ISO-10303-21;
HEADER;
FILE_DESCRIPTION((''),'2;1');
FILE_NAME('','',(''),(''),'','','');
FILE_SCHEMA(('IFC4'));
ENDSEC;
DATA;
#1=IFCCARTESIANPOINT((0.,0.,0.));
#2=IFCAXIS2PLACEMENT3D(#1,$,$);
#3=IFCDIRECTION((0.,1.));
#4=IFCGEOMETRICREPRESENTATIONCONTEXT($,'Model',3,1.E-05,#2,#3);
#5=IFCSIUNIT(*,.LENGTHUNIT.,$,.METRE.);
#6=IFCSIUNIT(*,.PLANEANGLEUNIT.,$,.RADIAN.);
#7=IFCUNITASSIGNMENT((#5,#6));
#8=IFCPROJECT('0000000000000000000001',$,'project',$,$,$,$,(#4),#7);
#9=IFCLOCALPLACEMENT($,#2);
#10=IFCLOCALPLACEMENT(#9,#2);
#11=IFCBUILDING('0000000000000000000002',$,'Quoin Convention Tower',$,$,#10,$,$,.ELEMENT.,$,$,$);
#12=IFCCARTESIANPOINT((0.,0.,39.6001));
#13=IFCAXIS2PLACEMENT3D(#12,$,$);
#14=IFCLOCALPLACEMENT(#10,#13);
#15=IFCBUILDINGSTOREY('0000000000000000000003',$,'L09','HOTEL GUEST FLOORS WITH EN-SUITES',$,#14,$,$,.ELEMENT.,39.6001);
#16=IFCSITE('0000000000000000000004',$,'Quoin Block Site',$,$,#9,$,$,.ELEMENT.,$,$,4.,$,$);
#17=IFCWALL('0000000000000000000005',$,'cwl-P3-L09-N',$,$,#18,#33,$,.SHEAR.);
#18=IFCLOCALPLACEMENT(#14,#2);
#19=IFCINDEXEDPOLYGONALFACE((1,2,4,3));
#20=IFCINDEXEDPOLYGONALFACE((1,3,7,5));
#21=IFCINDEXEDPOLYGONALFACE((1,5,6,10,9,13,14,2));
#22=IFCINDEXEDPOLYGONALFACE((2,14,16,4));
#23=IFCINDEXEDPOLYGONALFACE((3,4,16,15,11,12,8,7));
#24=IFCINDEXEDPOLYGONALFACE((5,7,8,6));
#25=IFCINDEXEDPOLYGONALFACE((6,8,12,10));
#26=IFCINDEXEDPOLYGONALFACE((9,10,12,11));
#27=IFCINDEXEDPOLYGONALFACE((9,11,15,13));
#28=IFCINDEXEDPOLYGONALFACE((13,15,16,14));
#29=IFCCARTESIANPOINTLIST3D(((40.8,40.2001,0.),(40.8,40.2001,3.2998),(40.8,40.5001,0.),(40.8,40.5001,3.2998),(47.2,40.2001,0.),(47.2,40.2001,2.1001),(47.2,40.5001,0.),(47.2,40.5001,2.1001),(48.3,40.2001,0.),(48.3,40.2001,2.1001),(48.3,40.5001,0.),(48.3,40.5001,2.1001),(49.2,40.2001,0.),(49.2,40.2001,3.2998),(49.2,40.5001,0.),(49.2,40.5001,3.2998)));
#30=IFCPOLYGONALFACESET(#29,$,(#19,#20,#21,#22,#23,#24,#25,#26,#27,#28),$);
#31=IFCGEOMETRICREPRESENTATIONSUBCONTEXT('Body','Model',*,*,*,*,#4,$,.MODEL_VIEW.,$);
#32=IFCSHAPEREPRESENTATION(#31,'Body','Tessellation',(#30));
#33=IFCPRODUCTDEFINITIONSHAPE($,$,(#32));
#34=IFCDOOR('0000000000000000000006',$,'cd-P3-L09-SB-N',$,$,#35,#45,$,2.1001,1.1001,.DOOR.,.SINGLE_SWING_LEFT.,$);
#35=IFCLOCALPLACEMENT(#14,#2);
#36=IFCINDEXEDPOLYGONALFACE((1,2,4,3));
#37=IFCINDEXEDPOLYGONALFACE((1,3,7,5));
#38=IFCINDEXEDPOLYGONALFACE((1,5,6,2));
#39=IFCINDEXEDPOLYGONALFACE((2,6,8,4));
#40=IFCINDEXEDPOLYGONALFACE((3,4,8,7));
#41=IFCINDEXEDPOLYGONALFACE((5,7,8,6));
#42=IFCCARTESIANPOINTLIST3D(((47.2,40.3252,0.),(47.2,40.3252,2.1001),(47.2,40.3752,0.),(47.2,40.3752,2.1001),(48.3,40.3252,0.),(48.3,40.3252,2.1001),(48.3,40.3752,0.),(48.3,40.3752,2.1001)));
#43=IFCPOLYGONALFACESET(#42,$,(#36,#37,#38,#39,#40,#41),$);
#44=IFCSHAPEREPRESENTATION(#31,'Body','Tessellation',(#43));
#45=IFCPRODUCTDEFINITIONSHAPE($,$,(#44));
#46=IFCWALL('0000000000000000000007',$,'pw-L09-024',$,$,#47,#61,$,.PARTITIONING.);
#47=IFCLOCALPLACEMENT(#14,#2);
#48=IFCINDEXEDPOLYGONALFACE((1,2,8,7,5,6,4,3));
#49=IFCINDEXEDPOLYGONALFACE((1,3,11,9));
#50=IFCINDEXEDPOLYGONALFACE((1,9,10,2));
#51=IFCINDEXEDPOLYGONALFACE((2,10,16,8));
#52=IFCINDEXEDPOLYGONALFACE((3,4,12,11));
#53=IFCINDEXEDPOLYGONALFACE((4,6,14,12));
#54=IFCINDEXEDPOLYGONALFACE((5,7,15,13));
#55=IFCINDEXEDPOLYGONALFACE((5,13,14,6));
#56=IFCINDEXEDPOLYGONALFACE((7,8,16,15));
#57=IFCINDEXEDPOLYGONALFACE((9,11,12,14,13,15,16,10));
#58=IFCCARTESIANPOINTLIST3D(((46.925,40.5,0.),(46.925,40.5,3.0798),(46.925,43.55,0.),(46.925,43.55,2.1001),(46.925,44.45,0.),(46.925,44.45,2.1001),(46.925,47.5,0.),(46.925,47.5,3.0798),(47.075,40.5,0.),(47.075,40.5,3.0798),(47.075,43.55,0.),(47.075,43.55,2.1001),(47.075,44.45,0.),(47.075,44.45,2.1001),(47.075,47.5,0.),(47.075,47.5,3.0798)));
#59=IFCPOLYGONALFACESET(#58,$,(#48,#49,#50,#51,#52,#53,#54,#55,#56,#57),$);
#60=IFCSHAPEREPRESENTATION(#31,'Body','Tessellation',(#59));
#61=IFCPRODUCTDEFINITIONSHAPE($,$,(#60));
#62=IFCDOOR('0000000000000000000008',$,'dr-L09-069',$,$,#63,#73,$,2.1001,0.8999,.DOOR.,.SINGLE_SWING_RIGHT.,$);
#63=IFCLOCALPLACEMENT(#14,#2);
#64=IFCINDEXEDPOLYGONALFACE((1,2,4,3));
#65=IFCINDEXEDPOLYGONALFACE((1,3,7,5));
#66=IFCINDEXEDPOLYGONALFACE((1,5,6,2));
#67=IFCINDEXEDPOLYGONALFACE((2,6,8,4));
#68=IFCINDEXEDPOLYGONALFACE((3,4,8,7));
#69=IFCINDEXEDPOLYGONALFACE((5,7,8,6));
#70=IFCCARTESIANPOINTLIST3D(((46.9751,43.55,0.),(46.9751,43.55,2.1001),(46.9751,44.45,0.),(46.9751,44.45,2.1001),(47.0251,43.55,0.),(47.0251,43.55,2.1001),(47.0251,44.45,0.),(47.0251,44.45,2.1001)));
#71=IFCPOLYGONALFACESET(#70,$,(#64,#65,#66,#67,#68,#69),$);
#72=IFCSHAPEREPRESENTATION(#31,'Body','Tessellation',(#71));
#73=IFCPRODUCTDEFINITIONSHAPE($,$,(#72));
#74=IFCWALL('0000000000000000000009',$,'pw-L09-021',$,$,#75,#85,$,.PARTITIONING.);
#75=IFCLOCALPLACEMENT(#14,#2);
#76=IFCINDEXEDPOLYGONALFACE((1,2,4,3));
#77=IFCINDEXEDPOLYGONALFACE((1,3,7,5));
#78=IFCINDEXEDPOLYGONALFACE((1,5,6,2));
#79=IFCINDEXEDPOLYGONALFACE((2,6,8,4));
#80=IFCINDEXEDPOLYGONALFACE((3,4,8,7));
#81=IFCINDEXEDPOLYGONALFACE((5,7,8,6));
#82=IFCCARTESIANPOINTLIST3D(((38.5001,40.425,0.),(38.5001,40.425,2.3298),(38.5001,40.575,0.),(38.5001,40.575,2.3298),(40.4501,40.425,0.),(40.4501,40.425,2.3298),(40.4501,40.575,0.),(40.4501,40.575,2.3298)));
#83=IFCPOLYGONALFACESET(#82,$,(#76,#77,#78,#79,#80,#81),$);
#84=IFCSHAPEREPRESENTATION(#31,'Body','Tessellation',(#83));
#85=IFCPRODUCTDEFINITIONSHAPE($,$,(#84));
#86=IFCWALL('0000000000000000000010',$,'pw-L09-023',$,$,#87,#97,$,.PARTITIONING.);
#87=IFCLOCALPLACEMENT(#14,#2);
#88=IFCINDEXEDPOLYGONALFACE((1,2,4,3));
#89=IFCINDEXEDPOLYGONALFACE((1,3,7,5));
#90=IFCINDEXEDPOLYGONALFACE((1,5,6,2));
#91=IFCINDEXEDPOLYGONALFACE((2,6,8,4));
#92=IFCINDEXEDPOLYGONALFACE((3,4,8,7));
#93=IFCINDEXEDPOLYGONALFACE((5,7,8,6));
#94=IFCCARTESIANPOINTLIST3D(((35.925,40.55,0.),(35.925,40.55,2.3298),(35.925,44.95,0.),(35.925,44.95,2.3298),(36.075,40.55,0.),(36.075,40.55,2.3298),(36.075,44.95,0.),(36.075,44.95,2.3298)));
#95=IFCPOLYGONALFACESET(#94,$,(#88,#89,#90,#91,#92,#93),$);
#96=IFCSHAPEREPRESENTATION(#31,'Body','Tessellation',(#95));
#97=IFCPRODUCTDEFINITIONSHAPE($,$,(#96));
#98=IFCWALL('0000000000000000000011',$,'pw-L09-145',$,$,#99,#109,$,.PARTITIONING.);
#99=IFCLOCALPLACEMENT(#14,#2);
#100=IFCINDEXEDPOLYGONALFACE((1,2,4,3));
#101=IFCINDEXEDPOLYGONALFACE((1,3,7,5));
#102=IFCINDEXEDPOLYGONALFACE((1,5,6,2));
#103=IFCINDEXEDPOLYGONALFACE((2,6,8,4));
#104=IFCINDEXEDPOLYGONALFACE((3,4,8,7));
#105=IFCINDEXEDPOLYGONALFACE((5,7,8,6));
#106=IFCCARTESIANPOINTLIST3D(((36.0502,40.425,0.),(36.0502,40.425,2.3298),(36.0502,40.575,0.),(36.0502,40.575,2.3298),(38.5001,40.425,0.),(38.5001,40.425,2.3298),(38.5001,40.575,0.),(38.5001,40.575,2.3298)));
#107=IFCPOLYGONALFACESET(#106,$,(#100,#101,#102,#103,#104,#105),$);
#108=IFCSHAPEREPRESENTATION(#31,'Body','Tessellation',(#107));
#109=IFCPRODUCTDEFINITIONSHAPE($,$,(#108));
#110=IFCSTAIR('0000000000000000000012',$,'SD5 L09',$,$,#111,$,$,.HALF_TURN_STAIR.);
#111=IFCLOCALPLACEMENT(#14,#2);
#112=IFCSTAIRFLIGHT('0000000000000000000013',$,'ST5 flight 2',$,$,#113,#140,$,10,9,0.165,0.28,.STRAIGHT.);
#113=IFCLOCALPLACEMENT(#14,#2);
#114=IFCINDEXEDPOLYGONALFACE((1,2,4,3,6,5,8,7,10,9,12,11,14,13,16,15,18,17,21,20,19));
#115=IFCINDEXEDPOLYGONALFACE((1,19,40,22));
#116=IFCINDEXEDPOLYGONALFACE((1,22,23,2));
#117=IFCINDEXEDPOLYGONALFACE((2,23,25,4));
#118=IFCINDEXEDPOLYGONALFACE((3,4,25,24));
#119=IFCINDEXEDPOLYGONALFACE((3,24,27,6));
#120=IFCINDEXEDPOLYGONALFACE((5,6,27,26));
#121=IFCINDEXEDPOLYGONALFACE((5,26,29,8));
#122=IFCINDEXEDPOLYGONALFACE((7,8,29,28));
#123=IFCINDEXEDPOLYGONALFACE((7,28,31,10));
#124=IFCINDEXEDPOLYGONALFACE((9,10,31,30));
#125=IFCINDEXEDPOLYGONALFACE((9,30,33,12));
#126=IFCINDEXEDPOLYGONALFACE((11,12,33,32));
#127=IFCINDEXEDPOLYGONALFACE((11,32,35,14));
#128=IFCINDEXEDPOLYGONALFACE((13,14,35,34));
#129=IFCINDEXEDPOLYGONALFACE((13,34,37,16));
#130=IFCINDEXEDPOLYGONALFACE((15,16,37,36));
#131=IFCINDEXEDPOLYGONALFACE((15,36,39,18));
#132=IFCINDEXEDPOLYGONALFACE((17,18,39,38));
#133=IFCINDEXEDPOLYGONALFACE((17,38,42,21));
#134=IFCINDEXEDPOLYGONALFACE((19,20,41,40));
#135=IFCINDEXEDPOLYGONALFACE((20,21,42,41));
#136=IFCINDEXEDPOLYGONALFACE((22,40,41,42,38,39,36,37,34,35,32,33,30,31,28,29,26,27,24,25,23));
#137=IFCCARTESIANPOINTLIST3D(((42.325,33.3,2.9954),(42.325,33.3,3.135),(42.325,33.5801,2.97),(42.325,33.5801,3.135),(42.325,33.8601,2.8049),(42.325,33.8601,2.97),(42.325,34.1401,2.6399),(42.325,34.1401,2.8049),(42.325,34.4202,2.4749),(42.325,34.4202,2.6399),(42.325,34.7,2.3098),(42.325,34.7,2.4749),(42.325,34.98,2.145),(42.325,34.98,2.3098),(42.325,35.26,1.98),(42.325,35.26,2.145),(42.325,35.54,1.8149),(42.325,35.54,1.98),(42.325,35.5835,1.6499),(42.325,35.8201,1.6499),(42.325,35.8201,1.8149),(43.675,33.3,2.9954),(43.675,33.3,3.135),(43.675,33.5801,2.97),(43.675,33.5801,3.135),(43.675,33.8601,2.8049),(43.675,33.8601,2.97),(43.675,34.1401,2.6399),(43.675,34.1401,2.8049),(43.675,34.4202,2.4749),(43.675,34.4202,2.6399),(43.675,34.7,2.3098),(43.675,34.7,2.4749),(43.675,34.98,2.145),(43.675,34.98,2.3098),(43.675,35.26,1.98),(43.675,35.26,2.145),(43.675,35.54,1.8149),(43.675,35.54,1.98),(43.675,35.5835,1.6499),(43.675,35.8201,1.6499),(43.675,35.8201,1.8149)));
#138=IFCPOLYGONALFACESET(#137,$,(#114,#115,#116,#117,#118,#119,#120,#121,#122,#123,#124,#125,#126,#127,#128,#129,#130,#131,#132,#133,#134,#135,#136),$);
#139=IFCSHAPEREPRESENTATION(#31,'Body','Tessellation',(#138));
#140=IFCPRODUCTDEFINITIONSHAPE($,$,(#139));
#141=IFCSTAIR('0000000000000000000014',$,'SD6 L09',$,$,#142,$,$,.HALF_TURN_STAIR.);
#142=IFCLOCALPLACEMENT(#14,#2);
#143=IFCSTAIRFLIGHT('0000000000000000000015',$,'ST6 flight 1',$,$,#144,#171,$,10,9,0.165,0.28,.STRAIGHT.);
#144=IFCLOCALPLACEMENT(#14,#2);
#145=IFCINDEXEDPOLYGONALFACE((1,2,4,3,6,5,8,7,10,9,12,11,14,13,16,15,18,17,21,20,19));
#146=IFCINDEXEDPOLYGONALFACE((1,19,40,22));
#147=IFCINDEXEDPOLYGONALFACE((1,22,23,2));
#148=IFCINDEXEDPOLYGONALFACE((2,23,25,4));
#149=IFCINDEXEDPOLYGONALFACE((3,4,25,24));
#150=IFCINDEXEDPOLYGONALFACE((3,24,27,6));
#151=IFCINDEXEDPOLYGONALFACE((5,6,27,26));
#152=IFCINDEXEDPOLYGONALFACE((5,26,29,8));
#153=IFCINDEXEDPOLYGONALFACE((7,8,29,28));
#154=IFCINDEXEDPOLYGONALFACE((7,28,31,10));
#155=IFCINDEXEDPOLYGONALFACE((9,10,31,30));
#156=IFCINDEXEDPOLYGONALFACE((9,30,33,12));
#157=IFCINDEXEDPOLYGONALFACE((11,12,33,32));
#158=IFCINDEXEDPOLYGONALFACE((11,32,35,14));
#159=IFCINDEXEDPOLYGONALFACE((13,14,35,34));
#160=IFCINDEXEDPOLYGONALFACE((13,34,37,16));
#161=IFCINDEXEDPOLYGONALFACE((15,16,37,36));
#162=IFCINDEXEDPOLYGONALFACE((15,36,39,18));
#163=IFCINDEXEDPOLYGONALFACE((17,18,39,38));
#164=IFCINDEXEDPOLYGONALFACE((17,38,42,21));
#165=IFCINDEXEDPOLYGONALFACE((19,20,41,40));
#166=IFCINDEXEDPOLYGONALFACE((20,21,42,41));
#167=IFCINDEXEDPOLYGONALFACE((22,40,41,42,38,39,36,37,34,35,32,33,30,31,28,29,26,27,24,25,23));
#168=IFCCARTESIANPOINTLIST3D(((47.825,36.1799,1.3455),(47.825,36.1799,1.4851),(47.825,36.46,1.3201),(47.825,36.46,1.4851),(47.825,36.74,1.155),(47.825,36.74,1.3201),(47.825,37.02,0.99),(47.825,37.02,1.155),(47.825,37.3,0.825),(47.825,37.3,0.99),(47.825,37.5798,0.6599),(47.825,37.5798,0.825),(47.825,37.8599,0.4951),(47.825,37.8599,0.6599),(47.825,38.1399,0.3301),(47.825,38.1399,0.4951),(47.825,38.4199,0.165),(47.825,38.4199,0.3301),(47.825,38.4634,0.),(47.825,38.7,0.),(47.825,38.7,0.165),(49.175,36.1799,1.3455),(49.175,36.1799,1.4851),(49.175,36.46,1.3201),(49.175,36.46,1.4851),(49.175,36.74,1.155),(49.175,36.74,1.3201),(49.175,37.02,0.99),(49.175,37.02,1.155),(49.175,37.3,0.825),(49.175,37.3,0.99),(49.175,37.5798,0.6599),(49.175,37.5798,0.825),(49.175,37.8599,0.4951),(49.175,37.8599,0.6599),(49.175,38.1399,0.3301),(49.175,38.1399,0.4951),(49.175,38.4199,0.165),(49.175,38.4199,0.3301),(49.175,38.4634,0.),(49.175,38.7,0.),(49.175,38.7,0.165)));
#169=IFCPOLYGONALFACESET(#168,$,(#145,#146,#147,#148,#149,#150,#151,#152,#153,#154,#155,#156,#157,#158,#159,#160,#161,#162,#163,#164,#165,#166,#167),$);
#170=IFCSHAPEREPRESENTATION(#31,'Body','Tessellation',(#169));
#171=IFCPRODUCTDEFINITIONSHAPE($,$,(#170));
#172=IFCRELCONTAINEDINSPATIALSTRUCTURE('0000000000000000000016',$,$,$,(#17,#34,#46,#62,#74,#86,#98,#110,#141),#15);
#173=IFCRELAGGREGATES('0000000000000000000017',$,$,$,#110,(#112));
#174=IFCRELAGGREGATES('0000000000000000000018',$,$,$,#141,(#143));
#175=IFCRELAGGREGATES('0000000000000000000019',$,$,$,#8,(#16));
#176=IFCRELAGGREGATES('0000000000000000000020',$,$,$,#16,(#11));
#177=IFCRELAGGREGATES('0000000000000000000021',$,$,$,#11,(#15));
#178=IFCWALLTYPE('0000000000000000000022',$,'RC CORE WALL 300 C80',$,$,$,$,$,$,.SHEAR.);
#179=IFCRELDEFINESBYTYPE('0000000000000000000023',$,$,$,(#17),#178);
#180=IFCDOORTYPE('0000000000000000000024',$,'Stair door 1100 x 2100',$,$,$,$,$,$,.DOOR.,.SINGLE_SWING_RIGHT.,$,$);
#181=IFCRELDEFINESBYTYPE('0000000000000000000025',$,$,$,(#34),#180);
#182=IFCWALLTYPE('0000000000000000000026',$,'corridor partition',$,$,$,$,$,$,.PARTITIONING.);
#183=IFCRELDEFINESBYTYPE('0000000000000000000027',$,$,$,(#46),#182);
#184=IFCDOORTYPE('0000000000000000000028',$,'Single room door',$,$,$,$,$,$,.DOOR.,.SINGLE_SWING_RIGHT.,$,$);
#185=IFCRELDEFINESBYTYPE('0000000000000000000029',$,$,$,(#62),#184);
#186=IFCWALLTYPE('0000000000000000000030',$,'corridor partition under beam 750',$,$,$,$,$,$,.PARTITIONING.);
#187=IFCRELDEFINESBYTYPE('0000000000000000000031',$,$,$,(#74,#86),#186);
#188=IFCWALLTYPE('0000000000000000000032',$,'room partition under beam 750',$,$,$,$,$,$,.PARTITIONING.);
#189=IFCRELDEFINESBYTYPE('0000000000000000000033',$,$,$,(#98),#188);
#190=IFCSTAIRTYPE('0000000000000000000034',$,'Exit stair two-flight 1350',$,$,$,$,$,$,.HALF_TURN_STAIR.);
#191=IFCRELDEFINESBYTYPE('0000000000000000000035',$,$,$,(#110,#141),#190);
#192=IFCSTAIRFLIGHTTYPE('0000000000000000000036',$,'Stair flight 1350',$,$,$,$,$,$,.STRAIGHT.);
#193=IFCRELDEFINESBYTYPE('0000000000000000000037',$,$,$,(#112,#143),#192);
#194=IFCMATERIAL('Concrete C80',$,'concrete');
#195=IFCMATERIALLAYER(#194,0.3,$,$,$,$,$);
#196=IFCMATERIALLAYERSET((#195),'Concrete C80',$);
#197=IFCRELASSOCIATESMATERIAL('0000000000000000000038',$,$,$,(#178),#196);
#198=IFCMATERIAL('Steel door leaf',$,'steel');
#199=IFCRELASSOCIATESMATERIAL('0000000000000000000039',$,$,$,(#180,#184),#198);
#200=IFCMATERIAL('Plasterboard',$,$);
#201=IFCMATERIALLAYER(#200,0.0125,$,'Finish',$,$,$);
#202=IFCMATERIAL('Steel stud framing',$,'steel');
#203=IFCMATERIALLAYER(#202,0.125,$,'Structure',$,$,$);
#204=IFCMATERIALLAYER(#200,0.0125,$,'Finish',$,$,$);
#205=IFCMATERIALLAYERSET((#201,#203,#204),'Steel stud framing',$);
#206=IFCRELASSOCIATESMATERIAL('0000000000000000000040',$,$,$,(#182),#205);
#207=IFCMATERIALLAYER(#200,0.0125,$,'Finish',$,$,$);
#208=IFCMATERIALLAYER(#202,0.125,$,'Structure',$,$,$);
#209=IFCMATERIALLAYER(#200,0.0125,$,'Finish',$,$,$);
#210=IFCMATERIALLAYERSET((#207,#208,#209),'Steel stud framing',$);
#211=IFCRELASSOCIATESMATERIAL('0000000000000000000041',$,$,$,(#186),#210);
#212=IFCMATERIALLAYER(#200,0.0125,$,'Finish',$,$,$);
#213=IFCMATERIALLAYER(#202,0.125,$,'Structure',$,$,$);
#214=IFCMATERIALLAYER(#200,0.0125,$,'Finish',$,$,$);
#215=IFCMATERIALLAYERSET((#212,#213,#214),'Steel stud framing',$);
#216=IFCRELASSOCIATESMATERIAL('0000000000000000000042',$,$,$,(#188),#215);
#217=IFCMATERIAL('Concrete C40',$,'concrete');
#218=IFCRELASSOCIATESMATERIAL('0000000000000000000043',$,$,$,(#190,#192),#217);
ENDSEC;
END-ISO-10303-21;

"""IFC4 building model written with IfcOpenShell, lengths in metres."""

from ifc_helpers import new_model, si_unit, direction, frame, frame_2d, origin, place, context, subcontext, project, spatial, polyline, rectangle, outline, extrude, material, layer, layer_set, type_object, element, fill, aggregate, save


model = new_model("IFC4")

# Units and contexts
model_context = context("Model", 3, precision=1e-05, world=origin(), true_north=direction((0.0, 1.0)))
body_context = subcontext(model_context, "Body", "Model", "MODEL_VIEW")
ifc_project = project(units=[si_unit("LENGTHUNIT", "METRE"), si_unit("PLANEANGLEUNIT", "RADIAN")], contexts=[model_context])

# Site, building, storey
site_placement = place(None, origin())
site = spatial("IfcSite", under=ifc_project, at=site_placement, Name="Quoin Block Site", CompositionType="ELEMENT", RefElevation=4.0)
building_placement = place(site_placement, origin())
building = spatial("IfcBuilding", under=site, at=building_placement, Name="Quoin Convention Tower", CompositionType="ELEMENT")
storey_placement = place(building_placement, frame((0.0, 0.0, 39.6001)))
storey = spatial("IfcBuildingStorey", under=building, at=storey_placement, Name="L09", Description="HOTEL GUEST FLOORS WITH EN-SUITES", CompositionType="ELEMENT", Elevation=39.6001)

# Shared definitions
ifc_material_1 = material(Name="Concrete C80", Category="concrete")

# Walls, openings, doors
ifc_layer_1 = layer(ifc_material_1, 0.3)
ifc_layer_set_1 = layer_set([ifc_layer_1], Name="Concrete C80")
wall_type_1 = type_object("IfcWallType", Name="RC CORE WALL 300 C80", PredefinedType="SHEAR", material=ifc_layer_set_1)
wall_1_placement = place(storey_placement, frame((40.8, 40.3501, 0.0), z_axis=(0.0, 0.0, 1.0), x_axis=(1.0, 0.0, 0.0)))
wall_1 = element("IfcWall", 1, at=wall_1_placement, inside=storey, type_object=wall_type_1, Name="cwl-P3-L09-N", PredefinedType="SHEAR", context=body_context, shape_type="SweptSolid", body=[
    extrude(rectangle(XDim=8.3999, YDim=0.3, at=frame_2d((4.2, 0.0))), origin(), (0.0, 0.0, 1.0), 3.2998),
])
opening_1_placement = place(wall_1_placement, frame((6.3999, 0.0, 0.0)))
opening_1 = element("IfcOpeningElement", 2, at=opening_1_placement, cuts=wall_1, PredefinedType="OPENING", context=body_context, shape_type="SweptSolid", body=[
    extrude(rectangle(XDim=1.1001, YDim=2.1001, at=frame_2d((0.55, 1.05))), frame((0.0, 0.1599, 0.0), z_axis=(0.0, -1.0, 0.0), x_axis=(1.0, 0.0, 0.0)), (0.0, 0.0, 1.0), 0.3201),
])
ifc_material_2 = material(Name="Steel door leaf", Category="steel")
door_type_1 = type_object("IfcDoorType", Name="Stair door 1100 x 2100", OperationType="SINGLE_SWING_RIGHT", PredefinedType="DOOR", material=ifc_material_2)
door_1_placement = place(opening_1_placement, frame((1.1001, 0.0, 0.0), z_axis=(0.0, 0.0, 1.0), x_axis=(-1.0, 0.0, 0.0)))
door_1 = element("IfcDoor", 3, at=door_1_placement, inside=storey, type_object=door_type_1, Name="cd-P3-L09-SB-N", OperationType="SINGLE_SWING_LEFT", OverallHeight=2.1001, OverallWidth=1.1001, PredefinedType="DOOR", context=body_context, shape_type="SweptSolid", body=[
    extrude(rectangle(XDim=1.1001, YDim=2.1001, at=frame_2d((0.55, 1.05))), frame((0.0, 0.0249, 0.0), z_axis=(0.0, -1.0, 0.0), x_axis=(1.0, 0.0, 0.0)), (0.0, 0.0, 1.0), 0.05),
])
fill(opening_1, door_1)
ifc_material_3 = material(Name="Plasterboard")
ifc_layer_2 = layer(ifc_material_3, 0.0125, Name="Finish")
ifc_material_4 = material(Name="Steel stud framing", Category="steel")
ifc_layer_3 = layer(ifc_material_4, 0.125, Name="Structure")
ifc_layer_4 = layer(ifc_material_3, 0.0125, Name="Finish")
ifc_layer_set_2 = layer_set([ifc_layer_2, ifc_layer_3, ifc_layer_4], Name="Steel stud framing")
wall_type_2 = type_object("IfcWallType", Name="corridor partition", PredefinedType="PARTITIONING", material=ifc_layer_set_2)
wall_2_placement = place(storey_placement, frame((47.0, 40.5, 0.0), z_axis=(0.0, 0.0, 1.0), x_axis=(0.0, 1.0, 0.0)))
wall_2 = element("IfcWall", 4, at=wall_2_placement, inside=storey, type_object=wall_type_2, Name="pw-L09-024", PredefinedType="PARTITIONING", context=body_context, shape_type="SweptSolid", body=[
    extrude(rectangle(XDim=7.0, YDim=0.1499, at=frame_2d((3.5, 0.0))), origin(), (0.0, 0.0, 1.0), 3.0798),
])
opening_2_placement = place(wall_2_placement, frame((3.05, 0.0, 0.0)))
opening_2 = element("IfcOpeningElement", 5, at=opening_2_placement, cuts=wall_2, PredefinedType="OPENING", context=body_context, shape_type="SweptSolid", body=[
    extrude(rectangle(XDim=0.8999, YDim=2.1001, at=frame_2d((0.45, 1.05))), frame((0.0, 0.085, 0.0), z_axis=(0.0, -1.0, 0.0), x_axis=(1.0, 0.0, 0.0)), (0.0, 0.0, 1.0), 0.1699),
])
door_type_2 = type_object("IfcDoorType", Name="Single room door", OperationType="SINGLE_SWING_RIGHT", PredefinedType="DOOR", material=ifc_material_2)
door_2_placement = place(opening_2_placement, origin())
door_2 = element("IfcDoor", 6, at=door_2_placement, inside=storey, type_object=door_type_2, Name="dr-L09-069", OperationType="SINGLE_SWING_RIGHT", OverallHeight=2.1001, OverallWidth=0.8999, PredefinedType="DOOR", context=body_context, shape_type="SweptSolid", body=[
    extrude(rectangle(XDim=0.8999, YDim=2.1001, at=frame_2d((0.45, 1.05))), frame((0.0, 0.0249, 0.0), z_axis=(0.0, -1.0, 0.0), x_axis=(1.0, 0.0, 0.0)), (0.0, 0.0, 1.0), 0.05),
])
fill(opening_2, door_2)

# Walls
ifc_layer_5 = layer(ifc_material_3, 0.0125, Name="Finish")
ifc_layer_6 = layer(ifc_material_4, 0.125, Name="Structure")
ifc_layer_7 = layer(ifc_material_3, 0.0125, Name="Finish")
ifc_layer_set_3 = layer_set([ifc_layer_5, ifc_layer_6, ifc_layer_7], Name="Steel stud framing")
wall_type_3 = type_object("IfcWallType", Name="corridor partition under beam 750", PredefinedType="PARTITIONING", material=ifc_layer_set_3)
wall_3_placement = place(storey_placement, frame((38.5, 40.5, 0.0), z_axis=(0.0, 0.0, 1.0), x_axis=(1.0, 0.0, 0.0)))
element("IfcWall", 7, at=wall_3_placement, inside=storey, type_object=wall_type_3, Name="pw-L09-021", PredefinedType="PARTITIONING", context=body_context, shape_type="SweptSolid", body=[
    extrude(rectangle(XDim=1.95, YDim=0.1499, at=frame_2d((0.9751, 0.0))), origin(), (0.0, 0.0, 1.0), 2.3298),
])
wall_4_placement = place(storey_placement, frame((36.0, 40.55, 0.0), z_axis=(0.0, 0.0, 1.0), x_axis=(0.0, 1.0, 0.0)))
element("IfcWall", 8, at=wall_4_placement, inside=storey, type_object=wall_type_3, Name="pw-L09-023", PredefinedType="PARTITIONING", context=body_context, shape_type="SweptSolid", body=[
    extrude(rectangle(XDim=4.3999, YDim=0.1499, at=frame_2d((2.2, 0.0))), origin(), (0.0, 0.0, 1.0), 2.3298),
])
ifc_layer_8 = layer(ifc_material_3, 0.0125, Name="Finish")
ifc_layer_9 = layer(ifc_material_4, 0.125, Name="Structure")
ifc_layer_10 = layer(ifc_material_3, 0.0125, Name="Finish")
ifc_layer_set_4 = layer_set([ifc_layer_8, ifc_layer_9, ifc_layer_10], Name="Steel stud framing")
wall_type_4 = type_object("IfcWallType", Name="room partition under beam 750", PredefinedType="PARTITIONING", material=ifc_layer_set_4)
wall_5_placement = place(storey_placement, frame((36.05, 40.5, 0.0), z_axis=(0.0, 0.0, 1.0), x_axis=(1.0, 0.0, 0.0)))
element("IfcWall", 9, at=wall_5_placement, inside=storey, type_object=wall_type_4, Name="pw-L09-145", PredefinedType="PARTITIONING", context=body_context, shape_type="SweptSolid", body=[
    extrude(rectangle(XDim=2.45, YDim=0.1499, at=frame_2d((1.2251, 0.0))), origin(), (0.0, 0.0, 1.0), 2.3298),
])

# Stair, stair flight
ifc_material_5 = material(Name="Concrete C40", Category="concrete")
stair_type = type_object("IfcStairType", Name="Exit stair two-flight 1350", PredefinedType="HALF_TURN_STAIR", material=ifc_material_5)
stair_1_placement = place(storey_placement, origin())
stair_1 = element("IfcStair", 10, at=stair_1_placement, inside=storey, type_object=stair_type, Name="SD5 L09", PredefinedType="HALF_TURN_STAIR")
stair_flight_type = type_object("IfcStairFlightType", Name="Stair flight 1350", PredefinedType="STRAIGHT", material=ifc_material_5)
stair_flight_1_placement = place(storey_placement, frame((43.0, 35.8201, 1.6499), z_axis=(0.0, 0.0, 1.0), x_axis=(0.0, -1.0, 0.0)))
stair_flight_1 = element("IfcStairFlight", 11, at=stair_flight_1_placement, type_object=stair_flight_type, Name="ST5 flight 2", NumberOfRisers=10, NumberOfTreads=9, PredefinedType="STRAIGHT", RiserHeight=0.165, TreadLength=0.28, context=body_context, shape_type="SweptSolid", body=[
    extrude(outline(polyline([(0.0, 0.0), (0.0, 0.165), (0.28, 0.165), (0.28, 0.3301), (0.5601, 0.3301), (0.5601, 0.4951), (0.8401, 0.4951), (0.8401, 0.6599), (1.1201, 0.6599), (1.1201, 0.825), (1.3999, 0.825), (1.3999, 0.99), (1.6799, 0.99), (1.6799, 1.155), (1.96, 1.155), (1.96, 1.3201), (2.24, 1.3201), (2.24, 1.4851), (2.52, 1.4851), (2.52, 1.6499), (2.52, 1.3455), (0.2366, 0.0), (0.0, 0.0)])), frame((0.0, 0.675, 0.0), z_axis=(0.0, -1.0, 0.0), x_axis=(1.0, 0.0, 0.0)), (0.0, 0.0, 1.0), 1.3501),
])
aggregate(stair_1, [stair_flight_1])

# Stair, stair flight
stair_2_placement = place(storey_placement, origin())
stair_2 = element("IfcStair", 12, at=stair_2_placement, inside=storey, type_object=stair_type, Name="SD6 L09", PredefinedType="HALF_TURN_STAIR")
stair_flight_2_placement = place(storey_placement, frame((48.5, 38.7, 0.0), z_axis=(0.0, 0.0, 1.0), x_axis=(0.0, -1.0, 0.0)))
stair_flight_2 = element("IfcStairFlight", 13, at=stair_flight_2_placement, type_object=stair_flight_type, Name="ST6 flight 1", NumberOfRisers=10, NumberOfTreads=9, PredefinedType="STRAIGHT", RiserHeight=0.165, TreadLength=0.28, context=body_context, shape_type="SweptSolid", body=[
    extrude(outline(polyline([(0.0, 0.0), (0.0, 0.165), (0.28, 0.165), (0.28, 0.3301), (0.5601, 0.3301), (0.5601, 0.4951), (0.8401, 0.4951), (0.8401, 0.6599), (1.1201, 0.6599), (1.1201, 0.825), (1.3999, 0.825), (1.3999, 0.99), (1.6799, 0.99), (1.6799, 1.155), (1.96, 1.155), (1.96, 1.3201), (2.24, 1.3201), (2.24, 1.4851), (2.52, 1.4851), (2.52, 1.6499), (2.52, 1.3455), (0.2366, 0.0), (0.0, 0.0)])), frame((0.0, 0.675, 0.0), z_axis=(0.0, -1.0, 0.0), x_axis=(1.0, 0.0, 0.0)), (0.0, 0.0, 1.0), 1.3501),
])
aggregate(stair_2, [stair_flight_2])

save(model, "model.ifc")
